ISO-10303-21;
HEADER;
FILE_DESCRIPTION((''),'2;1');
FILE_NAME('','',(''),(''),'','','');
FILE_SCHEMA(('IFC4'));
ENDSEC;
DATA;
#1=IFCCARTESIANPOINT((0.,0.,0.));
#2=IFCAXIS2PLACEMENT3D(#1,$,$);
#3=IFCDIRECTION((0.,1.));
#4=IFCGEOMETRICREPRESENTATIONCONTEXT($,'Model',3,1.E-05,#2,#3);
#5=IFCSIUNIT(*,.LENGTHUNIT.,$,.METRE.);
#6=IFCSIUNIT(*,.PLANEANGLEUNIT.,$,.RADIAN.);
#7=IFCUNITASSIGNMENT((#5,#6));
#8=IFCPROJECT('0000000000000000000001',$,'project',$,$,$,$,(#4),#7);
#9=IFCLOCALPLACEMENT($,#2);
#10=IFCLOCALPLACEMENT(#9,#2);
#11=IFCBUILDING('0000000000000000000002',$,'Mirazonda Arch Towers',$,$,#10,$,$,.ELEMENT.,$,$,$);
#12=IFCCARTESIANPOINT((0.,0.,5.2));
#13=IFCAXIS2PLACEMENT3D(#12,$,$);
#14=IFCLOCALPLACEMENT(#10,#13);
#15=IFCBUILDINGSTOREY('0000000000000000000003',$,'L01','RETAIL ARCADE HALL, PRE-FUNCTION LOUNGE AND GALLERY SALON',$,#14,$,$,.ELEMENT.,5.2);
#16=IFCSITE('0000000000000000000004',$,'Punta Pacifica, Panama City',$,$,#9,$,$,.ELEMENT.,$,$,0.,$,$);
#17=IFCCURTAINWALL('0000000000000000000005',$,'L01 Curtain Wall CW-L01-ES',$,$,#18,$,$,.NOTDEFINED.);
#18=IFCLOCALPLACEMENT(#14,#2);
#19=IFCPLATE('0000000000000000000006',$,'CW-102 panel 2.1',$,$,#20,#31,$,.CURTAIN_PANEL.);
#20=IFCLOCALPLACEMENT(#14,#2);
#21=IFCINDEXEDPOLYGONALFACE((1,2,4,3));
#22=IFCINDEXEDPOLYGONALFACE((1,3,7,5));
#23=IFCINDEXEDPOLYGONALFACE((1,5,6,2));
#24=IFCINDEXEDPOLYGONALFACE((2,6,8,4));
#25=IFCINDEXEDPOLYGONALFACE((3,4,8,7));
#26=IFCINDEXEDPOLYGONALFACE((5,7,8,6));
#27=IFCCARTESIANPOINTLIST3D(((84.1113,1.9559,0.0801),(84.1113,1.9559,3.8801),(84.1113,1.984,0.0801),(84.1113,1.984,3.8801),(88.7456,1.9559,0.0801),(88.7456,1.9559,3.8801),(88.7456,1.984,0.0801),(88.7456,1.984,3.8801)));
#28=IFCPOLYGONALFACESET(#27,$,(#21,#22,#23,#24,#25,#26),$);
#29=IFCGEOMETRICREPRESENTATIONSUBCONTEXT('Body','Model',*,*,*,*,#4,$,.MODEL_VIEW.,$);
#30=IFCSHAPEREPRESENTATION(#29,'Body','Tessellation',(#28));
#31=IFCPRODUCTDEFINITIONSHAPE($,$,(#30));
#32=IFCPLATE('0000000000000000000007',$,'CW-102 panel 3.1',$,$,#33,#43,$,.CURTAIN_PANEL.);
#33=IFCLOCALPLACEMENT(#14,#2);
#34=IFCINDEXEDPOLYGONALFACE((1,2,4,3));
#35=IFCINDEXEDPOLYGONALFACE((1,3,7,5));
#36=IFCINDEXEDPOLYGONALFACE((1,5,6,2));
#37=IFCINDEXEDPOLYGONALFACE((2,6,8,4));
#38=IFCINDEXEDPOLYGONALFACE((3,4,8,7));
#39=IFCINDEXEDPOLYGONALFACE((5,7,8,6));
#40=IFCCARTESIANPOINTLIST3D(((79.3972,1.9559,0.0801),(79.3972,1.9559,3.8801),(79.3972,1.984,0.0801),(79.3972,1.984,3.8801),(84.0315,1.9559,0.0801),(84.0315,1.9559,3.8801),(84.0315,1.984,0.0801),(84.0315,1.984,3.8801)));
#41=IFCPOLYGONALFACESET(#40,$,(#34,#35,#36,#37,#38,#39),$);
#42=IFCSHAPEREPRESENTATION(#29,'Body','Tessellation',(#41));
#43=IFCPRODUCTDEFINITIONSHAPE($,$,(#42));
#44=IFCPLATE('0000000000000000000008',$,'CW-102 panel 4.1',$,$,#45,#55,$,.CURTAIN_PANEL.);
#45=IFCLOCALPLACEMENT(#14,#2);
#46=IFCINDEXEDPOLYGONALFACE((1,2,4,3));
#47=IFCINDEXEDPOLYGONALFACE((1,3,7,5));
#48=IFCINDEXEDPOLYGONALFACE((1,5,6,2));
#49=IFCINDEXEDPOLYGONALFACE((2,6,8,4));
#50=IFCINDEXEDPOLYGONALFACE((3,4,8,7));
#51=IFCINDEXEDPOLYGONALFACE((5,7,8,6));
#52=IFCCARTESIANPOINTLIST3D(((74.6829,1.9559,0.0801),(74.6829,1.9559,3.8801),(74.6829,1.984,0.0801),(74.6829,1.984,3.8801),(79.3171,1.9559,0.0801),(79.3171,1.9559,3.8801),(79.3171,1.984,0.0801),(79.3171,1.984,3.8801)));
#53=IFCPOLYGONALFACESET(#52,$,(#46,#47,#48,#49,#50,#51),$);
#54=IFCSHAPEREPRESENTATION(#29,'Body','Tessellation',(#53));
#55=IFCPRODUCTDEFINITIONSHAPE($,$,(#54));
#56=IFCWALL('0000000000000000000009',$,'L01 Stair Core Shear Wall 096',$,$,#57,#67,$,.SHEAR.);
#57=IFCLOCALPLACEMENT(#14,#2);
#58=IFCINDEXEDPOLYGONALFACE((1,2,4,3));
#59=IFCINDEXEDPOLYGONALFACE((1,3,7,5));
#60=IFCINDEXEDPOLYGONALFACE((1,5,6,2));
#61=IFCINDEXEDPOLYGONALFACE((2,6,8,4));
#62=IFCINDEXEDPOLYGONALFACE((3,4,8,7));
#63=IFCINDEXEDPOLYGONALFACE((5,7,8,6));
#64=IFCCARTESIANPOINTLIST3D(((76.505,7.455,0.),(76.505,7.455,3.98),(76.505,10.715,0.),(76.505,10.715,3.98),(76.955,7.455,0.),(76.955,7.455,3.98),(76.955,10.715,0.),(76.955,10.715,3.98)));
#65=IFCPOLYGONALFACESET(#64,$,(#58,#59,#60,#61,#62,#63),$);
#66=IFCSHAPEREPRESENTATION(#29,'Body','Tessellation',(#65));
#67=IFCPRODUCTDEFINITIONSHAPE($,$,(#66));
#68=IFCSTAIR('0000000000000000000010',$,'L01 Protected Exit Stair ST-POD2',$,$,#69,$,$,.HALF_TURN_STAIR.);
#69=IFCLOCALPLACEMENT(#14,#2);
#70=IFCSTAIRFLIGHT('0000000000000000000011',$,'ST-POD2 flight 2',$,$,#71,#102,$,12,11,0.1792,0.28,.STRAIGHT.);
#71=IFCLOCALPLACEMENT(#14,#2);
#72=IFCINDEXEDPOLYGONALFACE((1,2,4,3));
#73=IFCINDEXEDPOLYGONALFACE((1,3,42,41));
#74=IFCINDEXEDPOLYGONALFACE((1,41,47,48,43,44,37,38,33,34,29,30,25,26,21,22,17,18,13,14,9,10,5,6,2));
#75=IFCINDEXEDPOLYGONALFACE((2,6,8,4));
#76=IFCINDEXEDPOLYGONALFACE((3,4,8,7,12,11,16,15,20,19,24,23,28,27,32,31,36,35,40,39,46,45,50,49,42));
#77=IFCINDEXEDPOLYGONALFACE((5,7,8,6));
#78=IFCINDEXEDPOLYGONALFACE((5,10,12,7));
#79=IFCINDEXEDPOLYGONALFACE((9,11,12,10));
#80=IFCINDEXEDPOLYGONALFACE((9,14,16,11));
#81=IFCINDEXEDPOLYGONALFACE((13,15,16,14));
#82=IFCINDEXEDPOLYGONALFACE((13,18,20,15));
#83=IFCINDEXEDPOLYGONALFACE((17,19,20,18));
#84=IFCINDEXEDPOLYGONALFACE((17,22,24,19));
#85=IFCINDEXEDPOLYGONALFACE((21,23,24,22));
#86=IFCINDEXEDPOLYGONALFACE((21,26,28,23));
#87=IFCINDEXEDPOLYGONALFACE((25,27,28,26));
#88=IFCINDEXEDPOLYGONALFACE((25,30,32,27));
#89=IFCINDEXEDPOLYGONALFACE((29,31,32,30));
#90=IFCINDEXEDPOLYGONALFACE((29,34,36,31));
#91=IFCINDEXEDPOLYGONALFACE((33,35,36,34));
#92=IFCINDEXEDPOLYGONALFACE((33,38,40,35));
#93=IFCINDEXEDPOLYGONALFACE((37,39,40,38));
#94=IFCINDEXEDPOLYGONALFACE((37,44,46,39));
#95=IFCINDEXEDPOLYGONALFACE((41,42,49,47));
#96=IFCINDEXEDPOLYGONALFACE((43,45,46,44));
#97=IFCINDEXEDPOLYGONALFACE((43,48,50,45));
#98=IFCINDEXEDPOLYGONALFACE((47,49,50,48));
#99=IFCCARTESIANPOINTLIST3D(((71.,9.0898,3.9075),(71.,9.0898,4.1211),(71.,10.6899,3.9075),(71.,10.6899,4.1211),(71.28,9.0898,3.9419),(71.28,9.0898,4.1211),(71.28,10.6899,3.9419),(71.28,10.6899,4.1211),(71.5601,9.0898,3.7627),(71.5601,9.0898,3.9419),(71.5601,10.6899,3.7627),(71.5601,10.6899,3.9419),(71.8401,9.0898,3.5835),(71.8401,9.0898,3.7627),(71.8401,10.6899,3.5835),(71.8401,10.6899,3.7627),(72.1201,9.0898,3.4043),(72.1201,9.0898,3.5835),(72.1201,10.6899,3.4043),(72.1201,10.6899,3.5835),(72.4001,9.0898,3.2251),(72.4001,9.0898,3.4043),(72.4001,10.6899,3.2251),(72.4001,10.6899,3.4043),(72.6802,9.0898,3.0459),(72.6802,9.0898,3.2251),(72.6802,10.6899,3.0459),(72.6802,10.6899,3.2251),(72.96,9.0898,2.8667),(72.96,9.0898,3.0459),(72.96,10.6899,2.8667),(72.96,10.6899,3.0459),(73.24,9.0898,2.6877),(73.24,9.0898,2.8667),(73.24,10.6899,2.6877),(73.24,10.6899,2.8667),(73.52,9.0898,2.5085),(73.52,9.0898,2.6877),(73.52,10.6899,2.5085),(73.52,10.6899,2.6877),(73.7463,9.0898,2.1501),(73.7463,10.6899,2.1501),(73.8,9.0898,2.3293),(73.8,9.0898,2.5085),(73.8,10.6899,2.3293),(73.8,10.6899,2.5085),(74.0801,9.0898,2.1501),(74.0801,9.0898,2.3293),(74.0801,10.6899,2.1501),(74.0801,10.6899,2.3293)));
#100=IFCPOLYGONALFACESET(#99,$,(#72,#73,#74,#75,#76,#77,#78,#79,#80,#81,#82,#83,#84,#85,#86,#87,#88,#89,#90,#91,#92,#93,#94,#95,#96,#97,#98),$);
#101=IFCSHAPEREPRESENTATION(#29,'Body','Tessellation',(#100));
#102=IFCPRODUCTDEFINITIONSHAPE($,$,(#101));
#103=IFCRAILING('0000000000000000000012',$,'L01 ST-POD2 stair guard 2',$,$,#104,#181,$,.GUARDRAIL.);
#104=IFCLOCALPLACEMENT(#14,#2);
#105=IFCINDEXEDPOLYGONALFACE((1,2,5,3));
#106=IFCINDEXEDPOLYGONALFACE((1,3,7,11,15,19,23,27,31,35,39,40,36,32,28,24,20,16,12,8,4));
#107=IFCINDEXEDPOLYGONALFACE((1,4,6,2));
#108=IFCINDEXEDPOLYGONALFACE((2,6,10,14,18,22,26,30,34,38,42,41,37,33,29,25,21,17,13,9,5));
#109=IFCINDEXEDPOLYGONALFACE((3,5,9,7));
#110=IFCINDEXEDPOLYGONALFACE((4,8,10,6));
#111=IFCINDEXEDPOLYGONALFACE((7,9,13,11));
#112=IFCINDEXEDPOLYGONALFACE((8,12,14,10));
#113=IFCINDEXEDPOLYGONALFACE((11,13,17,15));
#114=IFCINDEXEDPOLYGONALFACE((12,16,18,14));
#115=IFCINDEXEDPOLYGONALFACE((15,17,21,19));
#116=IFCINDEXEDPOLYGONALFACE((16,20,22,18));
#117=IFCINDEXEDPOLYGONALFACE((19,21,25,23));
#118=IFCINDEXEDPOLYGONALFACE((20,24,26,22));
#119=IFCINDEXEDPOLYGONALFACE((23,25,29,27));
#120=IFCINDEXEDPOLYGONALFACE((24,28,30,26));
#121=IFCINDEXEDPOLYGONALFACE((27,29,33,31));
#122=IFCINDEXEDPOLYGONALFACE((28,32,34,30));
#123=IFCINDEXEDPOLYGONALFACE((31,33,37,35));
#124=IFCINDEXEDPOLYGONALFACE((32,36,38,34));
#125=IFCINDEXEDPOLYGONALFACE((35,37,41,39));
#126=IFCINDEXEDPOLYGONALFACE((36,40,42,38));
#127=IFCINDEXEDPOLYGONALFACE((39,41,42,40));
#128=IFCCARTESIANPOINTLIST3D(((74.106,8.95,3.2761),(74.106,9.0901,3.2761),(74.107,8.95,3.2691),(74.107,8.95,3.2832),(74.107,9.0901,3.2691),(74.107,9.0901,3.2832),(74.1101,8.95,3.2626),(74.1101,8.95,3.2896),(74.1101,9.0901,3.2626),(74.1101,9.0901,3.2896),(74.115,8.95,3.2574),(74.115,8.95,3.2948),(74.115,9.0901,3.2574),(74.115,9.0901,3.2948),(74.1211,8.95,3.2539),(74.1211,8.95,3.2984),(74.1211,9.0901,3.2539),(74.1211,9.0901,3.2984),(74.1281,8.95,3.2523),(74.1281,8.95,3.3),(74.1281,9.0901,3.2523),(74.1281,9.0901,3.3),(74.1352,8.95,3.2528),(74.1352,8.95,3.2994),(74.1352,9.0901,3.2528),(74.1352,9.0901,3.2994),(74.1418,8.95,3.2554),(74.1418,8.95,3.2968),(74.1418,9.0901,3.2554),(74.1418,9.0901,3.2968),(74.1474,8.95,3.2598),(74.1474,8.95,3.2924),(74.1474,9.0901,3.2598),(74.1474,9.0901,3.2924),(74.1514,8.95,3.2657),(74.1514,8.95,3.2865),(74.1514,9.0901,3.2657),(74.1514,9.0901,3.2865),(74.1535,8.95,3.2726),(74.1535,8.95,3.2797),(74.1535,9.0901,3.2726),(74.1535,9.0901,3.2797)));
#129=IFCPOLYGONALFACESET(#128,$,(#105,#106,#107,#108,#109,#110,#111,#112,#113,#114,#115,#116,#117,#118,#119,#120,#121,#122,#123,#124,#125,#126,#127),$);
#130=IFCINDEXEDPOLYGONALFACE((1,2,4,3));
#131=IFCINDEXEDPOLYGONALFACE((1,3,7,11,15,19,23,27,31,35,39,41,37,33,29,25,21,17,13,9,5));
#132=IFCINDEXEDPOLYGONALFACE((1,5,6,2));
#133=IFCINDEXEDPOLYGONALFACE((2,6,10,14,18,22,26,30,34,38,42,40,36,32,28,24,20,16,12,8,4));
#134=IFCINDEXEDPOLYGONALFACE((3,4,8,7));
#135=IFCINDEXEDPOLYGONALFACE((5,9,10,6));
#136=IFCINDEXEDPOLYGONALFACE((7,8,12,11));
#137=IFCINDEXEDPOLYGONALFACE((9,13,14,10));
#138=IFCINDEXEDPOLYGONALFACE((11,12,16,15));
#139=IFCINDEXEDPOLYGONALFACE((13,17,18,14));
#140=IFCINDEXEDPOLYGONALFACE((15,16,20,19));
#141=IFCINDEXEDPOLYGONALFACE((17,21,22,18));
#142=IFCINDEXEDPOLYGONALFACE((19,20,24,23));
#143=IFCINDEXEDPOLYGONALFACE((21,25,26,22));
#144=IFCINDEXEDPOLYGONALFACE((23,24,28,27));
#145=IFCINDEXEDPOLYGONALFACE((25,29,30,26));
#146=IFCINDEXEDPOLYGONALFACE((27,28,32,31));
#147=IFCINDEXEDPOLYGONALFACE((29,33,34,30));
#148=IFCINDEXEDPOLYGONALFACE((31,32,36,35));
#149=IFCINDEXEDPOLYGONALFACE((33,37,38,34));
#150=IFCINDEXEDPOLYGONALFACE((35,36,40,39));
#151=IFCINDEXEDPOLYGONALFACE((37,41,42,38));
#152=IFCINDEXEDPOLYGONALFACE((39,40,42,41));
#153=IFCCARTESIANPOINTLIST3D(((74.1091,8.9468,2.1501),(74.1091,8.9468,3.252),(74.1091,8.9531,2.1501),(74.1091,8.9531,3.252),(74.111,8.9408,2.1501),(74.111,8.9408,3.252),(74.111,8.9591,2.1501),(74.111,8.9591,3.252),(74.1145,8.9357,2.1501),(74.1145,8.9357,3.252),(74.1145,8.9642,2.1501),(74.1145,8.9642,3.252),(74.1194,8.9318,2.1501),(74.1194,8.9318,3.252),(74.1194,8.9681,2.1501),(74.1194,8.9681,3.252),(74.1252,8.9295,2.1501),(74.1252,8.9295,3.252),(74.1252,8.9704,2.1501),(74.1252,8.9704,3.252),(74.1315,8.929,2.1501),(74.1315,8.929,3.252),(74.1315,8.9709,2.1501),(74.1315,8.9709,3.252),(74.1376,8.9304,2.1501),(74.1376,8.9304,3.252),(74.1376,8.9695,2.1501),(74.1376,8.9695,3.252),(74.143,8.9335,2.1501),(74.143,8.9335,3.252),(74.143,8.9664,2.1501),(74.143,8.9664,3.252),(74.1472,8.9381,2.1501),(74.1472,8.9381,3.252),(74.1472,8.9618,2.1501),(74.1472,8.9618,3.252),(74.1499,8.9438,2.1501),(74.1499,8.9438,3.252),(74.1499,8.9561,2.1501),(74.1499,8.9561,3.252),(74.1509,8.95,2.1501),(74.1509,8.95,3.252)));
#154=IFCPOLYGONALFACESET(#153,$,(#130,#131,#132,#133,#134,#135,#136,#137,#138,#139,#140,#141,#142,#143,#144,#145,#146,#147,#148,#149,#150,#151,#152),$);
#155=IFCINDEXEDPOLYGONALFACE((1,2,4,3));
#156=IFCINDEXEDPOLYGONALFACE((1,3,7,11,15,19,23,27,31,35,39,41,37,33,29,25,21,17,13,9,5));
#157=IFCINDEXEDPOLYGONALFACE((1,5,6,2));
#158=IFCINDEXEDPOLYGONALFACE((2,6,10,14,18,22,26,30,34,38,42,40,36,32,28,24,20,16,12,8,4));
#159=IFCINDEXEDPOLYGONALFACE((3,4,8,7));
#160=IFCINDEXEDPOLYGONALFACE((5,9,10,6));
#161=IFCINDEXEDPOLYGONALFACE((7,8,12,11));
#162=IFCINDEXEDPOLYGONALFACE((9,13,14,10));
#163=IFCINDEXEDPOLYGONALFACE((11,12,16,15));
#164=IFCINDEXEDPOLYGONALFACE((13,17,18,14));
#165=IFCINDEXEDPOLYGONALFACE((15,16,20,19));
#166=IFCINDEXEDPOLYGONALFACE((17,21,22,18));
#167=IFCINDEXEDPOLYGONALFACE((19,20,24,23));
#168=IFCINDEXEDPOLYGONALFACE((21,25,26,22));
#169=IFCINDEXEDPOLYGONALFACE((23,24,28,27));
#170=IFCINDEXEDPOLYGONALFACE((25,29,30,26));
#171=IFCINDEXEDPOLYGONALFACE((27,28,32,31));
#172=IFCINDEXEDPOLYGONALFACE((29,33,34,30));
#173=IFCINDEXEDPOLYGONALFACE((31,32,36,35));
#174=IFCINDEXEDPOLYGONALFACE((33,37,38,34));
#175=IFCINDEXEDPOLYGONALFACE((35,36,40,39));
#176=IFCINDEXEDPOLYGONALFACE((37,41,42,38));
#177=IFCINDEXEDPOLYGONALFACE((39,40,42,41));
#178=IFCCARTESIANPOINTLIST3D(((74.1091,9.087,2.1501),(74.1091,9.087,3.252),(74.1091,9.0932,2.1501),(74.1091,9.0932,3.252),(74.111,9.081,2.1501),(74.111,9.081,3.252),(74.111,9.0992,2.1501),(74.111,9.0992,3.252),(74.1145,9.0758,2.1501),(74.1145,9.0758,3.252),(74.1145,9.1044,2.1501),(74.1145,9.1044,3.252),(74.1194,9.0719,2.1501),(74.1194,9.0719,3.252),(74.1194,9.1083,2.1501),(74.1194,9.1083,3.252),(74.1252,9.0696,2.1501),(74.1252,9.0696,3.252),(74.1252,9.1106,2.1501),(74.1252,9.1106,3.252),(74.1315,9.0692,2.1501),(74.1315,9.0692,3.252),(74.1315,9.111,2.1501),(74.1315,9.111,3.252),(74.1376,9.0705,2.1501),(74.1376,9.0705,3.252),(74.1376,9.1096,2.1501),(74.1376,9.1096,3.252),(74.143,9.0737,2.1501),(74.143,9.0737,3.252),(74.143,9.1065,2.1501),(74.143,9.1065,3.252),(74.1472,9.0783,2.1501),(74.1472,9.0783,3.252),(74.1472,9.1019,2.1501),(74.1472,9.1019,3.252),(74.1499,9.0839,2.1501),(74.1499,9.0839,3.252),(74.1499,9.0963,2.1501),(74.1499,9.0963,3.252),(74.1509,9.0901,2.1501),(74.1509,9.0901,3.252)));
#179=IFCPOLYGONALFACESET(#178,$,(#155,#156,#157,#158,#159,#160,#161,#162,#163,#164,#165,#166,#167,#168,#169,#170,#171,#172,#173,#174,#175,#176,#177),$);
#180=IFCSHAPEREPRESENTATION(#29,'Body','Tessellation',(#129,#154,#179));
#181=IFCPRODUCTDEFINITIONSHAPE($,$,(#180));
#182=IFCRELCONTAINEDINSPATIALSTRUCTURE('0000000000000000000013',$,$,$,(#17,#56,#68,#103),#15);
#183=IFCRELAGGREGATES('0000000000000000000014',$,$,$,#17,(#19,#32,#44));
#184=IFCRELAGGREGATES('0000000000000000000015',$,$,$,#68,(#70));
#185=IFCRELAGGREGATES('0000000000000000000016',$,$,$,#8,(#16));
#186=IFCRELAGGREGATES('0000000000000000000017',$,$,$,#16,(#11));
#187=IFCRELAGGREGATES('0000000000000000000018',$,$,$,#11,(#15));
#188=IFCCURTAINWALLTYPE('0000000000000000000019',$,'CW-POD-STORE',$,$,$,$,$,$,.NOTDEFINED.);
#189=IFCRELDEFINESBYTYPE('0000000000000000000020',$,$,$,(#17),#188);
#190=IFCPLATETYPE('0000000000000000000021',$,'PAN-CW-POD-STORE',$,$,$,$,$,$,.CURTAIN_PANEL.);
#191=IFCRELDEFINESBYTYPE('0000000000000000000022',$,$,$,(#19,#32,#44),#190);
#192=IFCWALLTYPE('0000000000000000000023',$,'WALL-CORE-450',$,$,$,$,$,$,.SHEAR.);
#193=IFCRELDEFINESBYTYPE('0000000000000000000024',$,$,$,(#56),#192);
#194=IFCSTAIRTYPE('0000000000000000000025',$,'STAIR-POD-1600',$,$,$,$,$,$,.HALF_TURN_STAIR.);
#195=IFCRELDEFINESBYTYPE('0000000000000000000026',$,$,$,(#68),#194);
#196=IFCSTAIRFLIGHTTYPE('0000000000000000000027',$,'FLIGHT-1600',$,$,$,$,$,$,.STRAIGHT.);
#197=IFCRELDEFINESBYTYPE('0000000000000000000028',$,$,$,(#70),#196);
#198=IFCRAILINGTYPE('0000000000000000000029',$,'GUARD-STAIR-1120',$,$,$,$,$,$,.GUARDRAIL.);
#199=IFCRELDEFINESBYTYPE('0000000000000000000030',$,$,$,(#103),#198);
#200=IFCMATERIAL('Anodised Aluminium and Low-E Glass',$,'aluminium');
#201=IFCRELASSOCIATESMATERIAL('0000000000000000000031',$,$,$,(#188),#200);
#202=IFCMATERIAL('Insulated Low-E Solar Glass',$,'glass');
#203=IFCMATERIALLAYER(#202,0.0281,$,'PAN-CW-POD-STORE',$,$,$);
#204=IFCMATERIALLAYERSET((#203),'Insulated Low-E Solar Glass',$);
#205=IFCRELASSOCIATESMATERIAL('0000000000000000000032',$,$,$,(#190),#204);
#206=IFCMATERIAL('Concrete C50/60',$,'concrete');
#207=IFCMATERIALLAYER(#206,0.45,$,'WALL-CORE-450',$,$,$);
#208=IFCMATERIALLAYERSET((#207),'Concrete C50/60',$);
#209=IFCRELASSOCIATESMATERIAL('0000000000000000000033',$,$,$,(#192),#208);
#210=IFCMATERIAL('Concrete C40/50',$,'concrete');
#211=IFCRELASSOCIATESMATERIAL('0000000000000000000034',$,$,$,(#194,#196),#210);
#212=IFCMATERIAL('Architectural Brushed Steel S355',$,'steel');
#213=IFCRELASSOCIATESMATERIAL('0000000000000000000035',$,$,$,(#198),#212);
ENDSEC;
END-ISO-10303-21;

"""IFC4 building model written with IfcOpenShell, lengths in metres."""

from ifc_helpers import new_model, si_unit, direction, frame, frame_2d, origin, origin_2d, place, context, subcontext, project, spatial, polyline, rectangle, circle, outline, extrude, material, layer, layer_set, type_object, element, aggregate, save


model = new_model("IFC4")

# Units and contexts
model_context = context("Model", 3, precision=1e-05, world=origin(), true_north=direction((0.0, 1.0)))
body_context = subcontext(model_context, "Body", "Model", "MODEL_VIEW")
ifc_project = project(units=[si_unit("LENGTHUNIT", "METRE"), si_unit("PLANEANGLEUNIT", "RADIAN")], contexts=[model_context])

# Site, building, storey
site_placement = place(None, origin())
site = spatial("IfcSite", under=ifc_project, at=site_placement, Name="Punta Pacifica, Panama City", CompositionType="ELEMENT", RefElevation=0.0)
building_placement = place(site_placement, origin())
building = spatial("IfcBuilding", under=site, at=building_placement, Name="Mirazonda Arch Towers", CompositionType="ELEMENT")
storey_placement = place(building_placement, frame((0.0, 0.0, 5.2)))
storey = spatial("IfcBuildingStorey", under=building, at=storey_placement, Name="L01", Description="RETAIL ARCADE HALL, PRE-FUNCTION LOUNGE AND GALLERY SALON", CompositionType="ELEMENT", Elevation=5.2)

# Shared definitions
ifc_material_1 = material(Name="Concrete C50/60", Category="concrete")

# Curtain wall, plates
ifc_material_2 = material(Name="Anodised Aluminium and Low-E Glass", Category="aluminium")
curtain_wall_type = type_object("IfcCurtainWallType", Name="CW-POD-STORE", PredefinedType="NOTDEFINED", material=ifc_material_2)
curtain_wall_placement = place(storey_placement, origin())
curtain_wall = element("IfcCurtainWall", 1, at=curtain_wall_placement, inside=storey, type_object=curtain_wall_type, Name="L01 Curtain Wall CW-L01-ES", PredefinedType="NOTDEFINED")
ifc_material_3 = material(Name="Insulated Low-E Solar Glass", Category="glass")
ifc_layer_1 = layer(ifc_material_3, 0.0281, Name="PAN-CW-POD-STORE")
ifc_layer_set_1 = layer_set([ifc_layer_1], Name="Insulated Low-E Solar Glass")
plate_type = type_object("IfcPlateType", Name="PAN-CW-POD-STORE", PredefinedType="CURTAIN_PANEL", material=ifc_layer_set_1)
plate_1_placement = place(storey_placement, frame((86.4285, 1.97, 0.0801), z_axis=(0.0, 0.0, 1.0), x_axis=(-1.0, 0.0, 0.0)))
plate_1 = element("IfcPlate", 2, at=plate_1_placement, type_object=plate_type, Name="CW-102 panel 2.1", PredefinedType="CURTAIN_PANEL", context=body_context, shape_type="SweptSolid", body=[
    extrude(rectangle(XDim=4.6343, YDim=0.0281, at=origin_2d()), origin(), (0.0, 0.0, 1.0), 3.8),
])
plate_2_placement = place(storey_placement, frame((81.7144, 1.97, 0.0801), z_axis=(0.0, 0.0, 1.0), x_axis=(-1.0, 0.0, 0.0)))
plate_2 = element("IfcPlate", 3, at=plate_2_placement, type_object=plate_type, Name="CW-102 panel 3.1", PredefinedType="CURTAIN_PANEL", context=body_context, shape_type="SweptSolid", body=[
    extrude(rectangle(XDim=4.6343, YDim=0.0281, at=origin_2d()), origin(), (0.0, 0.0, 1.0), 3.8),
])
plate_3_placement = place(storey_placement, frame((77.0, 1.97, 0.0801), z_axis=(0.0, 0.0, 1.0), x_axis=(-1.0, 0.0, 0.0)))
plate_3 = element("IfcPlate", 4, at=plate_3_placement, type_object=plate_type, Name="CW-102 panel 4.1", PredefinedType="CURTAIN_PANEL", context=body_context, shape_type="SweptSolid", body=[
    extrude(rectangle(XDim=4.6343, YDim=0.0281, at=origin_2d()), origin(), (0.0, 0.0, 1.0), 3.8),
])
aggregate(curtain_wall, [plate_1, plate_2, plate_3])

# Wall
ifc_layer_2 = layer(ifc_material_1, 0.45, Name="WALL-CORE-450")
ifc_layer_set_2 = layer_set([ifc_layer_2], Name="Concrete C50/60")
wall_type = type_object("IfcWallType", Name="WALL-CORE-450", PredefinedType="SHEAR", material=ifc_layer_set_2)
wall_placement = place(storey_placement, frame((76.73, 7.4551, 0.0), z_axis=(0.0, 0.0, 1.0), x_axis=(0.0, 1.0, 0.0)))
element("IfcWall", 5, at=wall_placement, inside=storey, type_object=wall_type, Name="L01 Stair Core Shear Wall 096", PredefinedType="SHEAR", context=body_context, shape_type="SweptSolid", body=[
    extrude(rectangle(XDim=3.26, YDim=0.45, at=frame_2d((1.6299, 0.0))), origin(), (0.0, 0.0, 1.0), 3.98),
])

# Stair, stair flight
ifc_material_4 = material(Name="Concrete C40/50", Category="concrete")
stair_type = type_object("IfcStairType", Name="STAIR-POD-1600", PredefinedType="HALF_TURN_STAIR", material=ifc_material_4)
stair_placement = place(storey_placement, origin())
stair = element("IfcStair", 6, at=stair_placement, inside=storey, type_object=stair_type, Name="L01 Protected Exit Stair ST-POD2", PredefinedType="HALF_TURN_STAIR")
stair_flight_type = type_object("IfcStairFlightType", Name="FLIGHT-1600", PredefinedType="STRAIGHT", material=ifc_material_4)
stair_flight_placement = place(storey_placement, frame((74.0801, 9.8899, 2.1501), z_axis=(0.0, 0.0, 1.0), x_axis=(-1.0, 0.0, 0.0)))
stair_flight = element("IfcStairFlight", 7, at=stair_flight_placement, type_object=stair_flight_type, Name="ST-POD2 flight 2", NumberOfRisers=12, NumberOfTreads=11, PredefinedType="STRAIGHT", RiserHeight=0.1792, TreadLength=0.28, context=body_context, shape_type="SweptSolid", body=[
    extrude(outline(polyline([(0.0, 0.0), (0.0, 0.1792), (0.28, 0.1792), (0.28, 0.3584), (0.5601, 0.3584), (0.5601, 0.5376), (0.8401, 0.5376), (0.8401, 0.7166), (1.1201, 0.7166), (1.1201, 0.8958), (1.3999, 0.8958), (1.3999, 1.075), (1.6799, 1.075), (1.6799, 1.2542), (1.96, 1.2542), (1.96, 1.4333), (2.24, 1.4333), (2.24, 1.6125), (2.52, 1.6125), (2.52, 1.7917), (2.8, 1.7917), (2.8, 1.9709), (3.0801, 1.9709), (3.0801, 2.1499), (3.0801, 1.7573), (0.3337, 0.0), (0.0, 0.0)])), frame((0.0, 0.8, 0.0), z_axis=(0.0, -1.0, 0.0), x_axis=(1.0, 0.0, 0.0)), (0.0, 0.0, 1.0), 1.6001),
])
aggregate(stair, [stair_flight])

# Railing
ifc_material_5 = material(Name="Architectural Brushed Steel S355", Category="steel")
railing_type_1 = type_object("IfcRailingType", Name="GUARD-STAIR-1120", PredefinedType="GUARDRAIL", material=ifc_material_5)
railing_1_placement = place(storey_placement, frame((74.1299, 8.95, 2.1501)))
element("IfcRailing", 8, at=railing_1_placement, inside=storey, type_object=railing_type_1, Name="L01 ST-POD2 stair guard 2", PredefinedType="GUARDRAIL", context=body_context, shape_type="SweptSolid", body=[
    extrude(circle(Radius=0.0239, at=origin_2d()), frame((0.0, 0.0, 1.126), z_axis=(0.0, 1.0, 0.0), x_axis=(-1.0, 0.0, 0.0)), (0.0, 0.0, 1.0), 0.1401),
    extrude(circle(Radius=0.021, at=origin_2d()), origin(), (0.0, 0.0, 1.0), 1.1018),
    extrude(circle(Radius=0.021, at=origin_2d()), frame((0.0, 0.1401, 0.0)), (0.0, 0.0, 1.0), 1.1018),
])

save(model, "model.ifc")
